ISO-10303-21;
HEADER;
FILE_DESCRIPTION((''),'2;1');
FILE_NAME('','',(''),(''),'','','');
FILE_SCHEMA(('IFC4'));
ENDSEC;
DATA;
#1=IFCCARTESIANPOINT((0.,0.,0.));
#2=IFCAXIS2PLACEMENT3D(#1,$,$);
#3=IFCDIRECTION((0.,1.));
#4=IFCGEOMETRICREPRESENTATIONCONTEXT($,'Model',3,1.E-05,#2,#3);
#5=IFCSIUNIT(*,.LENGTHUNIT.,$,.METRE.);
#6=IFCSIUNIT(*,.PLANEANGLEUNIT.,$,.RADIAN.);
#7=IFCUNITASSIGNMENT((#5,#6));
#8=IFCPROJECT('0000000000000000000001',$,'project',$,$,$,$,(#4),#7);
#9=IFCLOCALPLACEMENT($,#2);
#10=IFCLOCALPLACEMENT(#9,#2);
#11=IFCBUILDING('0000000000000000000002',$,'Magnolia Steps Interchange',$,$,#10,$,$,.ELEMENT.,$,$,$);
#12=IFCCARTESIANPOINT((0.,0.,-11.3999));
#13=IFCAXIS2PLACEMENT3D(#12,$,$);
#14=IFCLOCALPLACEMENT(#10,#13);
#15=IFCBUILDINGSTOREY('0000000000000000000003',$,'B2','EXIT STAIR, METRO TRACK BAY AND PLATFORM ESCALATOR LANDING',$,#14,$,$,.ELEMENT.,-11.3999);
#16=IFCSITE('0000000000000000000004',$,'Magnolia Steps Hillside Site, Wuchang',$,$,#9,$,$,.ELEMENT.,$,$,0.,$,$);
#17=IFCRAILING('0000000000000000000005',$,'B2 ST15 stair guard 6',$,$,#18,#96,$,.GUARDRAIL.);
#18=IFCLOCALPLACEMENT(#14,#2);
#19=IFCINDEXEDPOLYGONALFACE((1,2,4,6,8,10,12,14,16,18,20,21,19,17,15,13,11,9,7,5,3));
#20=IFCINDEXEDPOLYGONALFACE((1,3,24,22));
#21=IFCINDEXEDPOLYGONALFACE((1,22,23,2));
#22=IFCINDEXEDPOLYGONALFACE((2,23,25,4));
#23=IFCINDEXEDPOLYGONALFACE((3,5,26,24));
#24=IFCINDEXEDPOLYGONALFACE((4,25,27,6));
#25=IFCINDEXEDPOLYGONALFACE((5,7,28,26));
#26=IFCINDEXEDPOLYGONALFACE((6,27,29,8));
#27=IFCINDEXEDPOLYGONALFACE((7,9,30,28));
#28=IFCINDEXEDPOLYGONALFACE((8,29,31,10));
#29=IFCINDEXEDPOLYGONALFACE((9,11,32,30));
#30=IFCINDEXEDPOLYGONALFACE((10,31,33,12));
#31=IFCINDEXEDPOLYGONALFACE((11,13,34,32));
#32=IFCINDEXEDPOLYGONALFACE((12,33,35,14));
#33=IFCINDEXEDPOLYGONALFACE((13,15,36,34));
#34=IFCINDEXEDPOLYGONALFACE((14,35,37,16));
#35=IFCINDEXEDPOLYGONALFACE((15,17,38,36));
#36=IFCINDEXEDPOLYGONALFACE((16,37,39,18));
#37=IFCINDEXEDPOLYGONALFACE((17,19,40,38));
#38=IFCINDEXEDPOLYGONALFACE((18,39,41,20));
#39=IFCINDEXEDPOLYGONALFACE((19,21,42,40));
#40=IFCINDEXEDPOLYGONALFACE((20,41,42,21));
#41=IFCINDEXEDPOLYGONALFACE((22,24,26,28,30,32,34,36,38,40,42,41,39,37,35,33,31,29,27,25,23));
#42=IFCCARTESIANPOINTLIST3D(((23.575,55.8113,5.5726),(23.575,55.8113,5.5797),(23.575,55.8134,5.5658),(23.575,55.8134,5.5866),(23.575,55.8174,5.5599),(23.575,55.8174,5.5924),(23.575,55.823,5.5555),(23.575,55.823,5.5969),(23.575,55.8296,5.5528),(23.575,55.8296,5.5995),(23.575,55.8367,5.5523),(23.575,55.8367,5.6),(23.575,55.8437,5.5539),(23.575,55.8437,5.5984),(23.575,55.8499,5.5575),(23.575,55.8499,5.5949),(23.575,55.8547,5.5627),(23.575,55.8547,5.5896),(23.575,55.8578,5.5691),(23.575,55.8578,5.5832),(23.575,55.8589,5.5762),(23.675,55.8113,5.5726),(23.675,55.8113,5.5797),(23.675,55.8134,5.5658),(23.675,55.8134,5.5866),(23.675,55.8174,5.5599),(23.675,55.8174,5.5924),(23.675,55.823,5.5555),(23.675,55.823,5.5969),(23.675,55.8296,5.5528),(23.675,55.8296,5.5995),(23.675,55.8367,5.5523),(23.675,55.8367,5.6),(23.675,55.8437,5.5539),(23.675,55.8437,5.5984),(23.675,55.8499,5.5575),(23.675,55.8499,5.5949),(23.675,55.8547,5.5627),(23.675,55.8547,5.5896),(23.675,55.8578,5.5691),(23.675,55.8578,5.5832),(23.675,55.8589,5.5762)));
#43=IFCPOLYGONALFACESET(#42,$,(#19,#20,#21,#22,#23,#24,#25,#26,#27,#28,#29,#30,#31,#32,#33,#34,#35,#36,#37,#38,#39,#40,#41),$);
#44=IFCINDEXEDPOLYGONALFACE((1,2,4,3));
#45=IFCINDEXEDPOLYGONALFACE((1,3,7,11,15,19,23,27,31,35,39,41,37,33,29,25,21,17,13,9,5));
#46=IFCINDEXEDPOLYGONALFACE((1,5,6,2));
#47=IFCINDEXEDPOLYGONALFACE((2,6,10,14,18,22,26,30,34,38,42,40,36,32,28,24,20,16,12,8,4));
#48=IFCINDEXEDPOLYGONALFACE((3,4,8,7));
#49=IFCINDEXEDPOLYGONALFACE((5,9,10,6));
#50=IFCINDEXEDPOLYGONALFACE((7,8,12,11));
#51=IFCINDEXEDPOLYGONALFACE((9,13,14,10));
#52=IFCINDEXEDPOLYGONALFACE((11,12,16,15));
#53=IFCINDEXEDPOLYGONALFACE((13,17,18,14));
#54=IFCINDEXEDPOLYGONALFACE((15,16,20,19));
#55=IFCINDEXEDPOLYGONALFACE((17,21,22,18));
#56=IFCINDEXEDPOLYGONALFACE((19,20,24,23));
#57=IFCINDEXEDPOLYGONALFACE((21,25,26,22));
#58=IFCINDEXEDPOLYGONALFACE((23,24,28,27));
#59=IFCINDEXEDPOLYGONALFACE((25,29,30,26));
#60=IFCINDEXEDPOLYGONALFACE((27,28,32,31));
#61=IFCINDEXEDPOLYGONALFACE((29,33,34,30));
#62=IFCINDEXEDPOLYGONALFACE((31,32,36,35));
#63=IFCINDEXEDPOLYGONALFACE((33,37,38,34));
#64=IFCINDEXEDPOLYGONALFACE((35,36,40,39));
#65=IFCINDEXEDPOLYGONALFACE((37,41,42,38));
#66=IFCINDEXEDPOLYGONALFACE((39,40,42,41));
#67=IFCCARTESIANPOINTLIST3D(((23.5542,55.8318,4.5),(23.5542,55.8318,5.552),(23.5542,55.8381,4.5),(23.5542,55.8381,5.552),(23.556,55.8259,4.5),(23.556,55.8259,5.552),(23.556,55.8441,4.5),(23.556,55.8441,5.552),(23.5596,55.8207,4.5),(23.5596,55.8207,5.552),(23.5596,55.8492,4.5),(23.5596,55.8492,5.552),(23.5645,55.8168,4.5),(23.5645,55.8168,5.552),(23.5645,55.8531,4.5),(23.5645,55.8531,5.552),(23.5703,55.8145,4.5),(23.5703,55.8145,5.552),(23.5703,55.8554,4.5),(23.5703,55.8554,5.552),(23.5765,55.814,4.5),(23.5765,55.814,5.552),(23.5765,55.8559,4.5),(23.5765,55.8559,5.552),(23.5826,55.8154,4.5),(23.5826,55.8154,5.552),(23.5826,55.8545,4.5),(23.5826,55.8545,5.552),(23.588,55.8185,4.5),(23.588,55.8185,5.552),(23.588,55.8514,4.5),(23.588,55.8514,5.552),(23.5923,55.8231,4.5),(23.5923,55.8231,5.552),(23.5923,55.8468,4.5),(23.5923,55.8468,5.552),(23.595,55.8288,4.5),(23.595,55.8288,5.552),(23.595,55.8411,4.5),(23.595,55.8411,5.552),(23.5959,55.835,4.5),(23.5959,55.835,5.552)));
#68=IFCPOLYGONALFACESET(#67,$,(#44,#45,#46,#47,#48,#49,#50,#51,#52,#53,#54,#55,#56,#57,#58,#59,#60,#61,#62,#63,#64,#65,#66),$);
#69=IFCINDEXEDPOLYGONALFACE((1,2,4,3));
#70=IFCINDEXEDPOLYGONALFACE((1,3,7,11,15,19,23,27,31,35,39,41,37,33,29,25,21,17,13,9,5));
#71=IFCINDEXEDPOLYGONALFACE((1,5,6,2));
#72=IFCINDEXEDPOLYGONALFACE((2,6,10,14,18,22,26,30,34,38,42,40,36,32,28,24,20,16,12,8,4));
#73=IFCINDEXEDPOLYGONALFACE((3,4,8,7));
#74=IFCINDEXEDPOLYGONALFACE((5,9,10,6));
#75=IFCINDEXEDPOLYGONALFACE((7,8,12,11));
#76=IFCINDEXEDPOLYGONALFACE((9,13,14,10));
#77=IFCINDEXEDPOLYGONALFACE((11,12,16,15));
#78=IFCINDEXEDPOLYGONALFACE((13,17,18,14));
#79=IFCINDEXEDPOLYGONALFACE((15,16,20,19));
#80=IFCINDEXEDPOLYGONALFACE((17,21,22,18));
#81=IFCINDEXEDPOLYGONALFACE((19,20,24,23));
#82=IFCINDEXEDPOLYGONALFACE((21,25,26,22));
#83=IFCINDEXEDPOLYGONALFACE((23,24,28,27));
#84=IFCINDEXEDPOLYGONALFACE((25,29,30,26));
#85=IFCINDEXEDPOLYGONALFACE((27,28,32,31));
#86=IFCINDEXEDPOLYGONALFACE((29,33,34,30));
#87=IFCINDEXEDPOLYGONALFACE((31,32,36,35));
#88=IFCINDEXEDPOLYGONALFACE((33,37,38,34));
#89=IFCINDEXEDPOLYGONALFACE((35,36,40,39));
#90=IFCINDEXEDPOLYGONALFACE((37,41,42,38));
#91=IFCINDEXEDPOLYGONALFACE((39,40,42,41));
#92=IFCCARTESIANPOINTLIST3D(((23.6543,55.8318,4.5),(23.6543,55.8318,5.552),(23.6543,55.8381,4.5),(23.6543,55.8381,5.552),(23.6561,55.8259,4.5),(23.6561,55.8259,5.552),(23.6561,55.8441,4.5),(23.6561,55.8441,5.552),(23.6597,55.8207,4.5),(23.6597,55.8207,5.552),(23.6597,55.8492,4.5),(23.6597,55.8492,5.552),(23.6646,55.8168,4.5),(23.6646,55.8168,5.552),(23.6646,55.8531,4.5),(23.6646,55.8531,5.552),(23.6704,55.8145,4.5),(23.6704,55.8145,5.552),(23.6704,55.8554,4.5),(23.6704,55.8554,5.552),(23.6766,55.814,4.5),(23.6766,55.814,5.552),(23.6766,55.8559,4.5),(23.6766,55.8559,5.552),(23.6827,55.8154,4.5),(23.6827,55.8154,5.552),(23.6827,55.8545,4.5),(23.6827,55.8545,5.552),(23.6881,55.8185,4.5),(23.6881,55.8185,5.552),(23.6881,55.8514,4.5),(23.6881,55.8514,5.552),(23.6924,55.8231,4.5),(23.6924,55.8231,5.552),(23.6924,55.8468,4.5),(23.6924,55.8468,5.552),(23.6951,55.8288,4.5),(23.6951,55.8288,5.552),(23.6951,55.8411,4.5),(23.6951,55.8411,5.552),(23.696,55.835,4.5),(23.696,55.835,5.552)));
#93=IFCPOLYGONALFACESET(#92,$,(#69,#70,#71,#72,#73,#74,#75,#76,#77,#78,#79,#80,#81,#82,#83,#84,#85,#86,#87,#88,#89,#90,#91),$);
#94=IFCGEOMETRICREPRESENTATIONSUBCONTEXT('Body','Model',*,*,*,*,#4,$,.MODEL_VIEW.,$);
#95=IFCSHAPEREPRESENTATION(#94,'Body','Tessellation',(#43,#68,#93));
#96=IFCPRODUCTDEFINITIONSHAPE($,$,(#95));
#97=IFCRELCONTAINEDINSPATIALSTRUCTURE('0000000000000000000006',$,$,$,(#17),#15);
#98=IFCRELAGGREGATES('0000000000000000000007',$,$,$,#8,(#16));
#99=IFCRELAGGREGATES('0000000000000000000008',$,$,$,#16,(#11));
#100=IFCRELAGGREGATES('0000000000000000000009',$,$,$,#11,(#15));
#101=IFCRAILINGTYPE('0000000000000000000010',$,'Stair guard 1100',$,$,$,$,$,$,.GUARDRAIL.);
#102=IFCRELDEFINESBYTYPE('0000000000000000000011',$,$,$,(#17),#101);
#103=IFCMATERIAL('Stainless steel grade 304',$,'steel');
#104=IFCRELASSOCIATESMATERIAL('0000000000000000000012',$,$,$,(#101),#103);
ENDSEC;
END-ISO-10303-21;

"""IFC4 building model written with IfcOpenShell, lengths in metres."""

from ifc_helpers import new_model, si_unit, direction, frame, origin, origin_2d, place, context, subcontext, project, spatial, circle, extrude, material, type_object, element, save


model = new_model("IFC4")

# Units and contexts
model_context = context("Model", 3, precision=1e-05, world=origin(), true_north=direction((0.0, 1.0)))
body_context = subcontext(model_context, "Body", "Model", "MODEL_VIEW")
ifc_project = project(units=[si_unit("LENGTHUNIT", "METRE"), si_unit("PLANEANGLEUNIT", "RADIAN")], contexts=[model_context])

# Site, building, storey
site_placement = place(None, origin())
site = spatial("IfcSite", under=ifc_project, at=site_placement, Name="Magnolia Steps Hillside Site, Wuchang", CompositionType="ELEMENT", RefElevation=0.0)
building_placement = place(site_placement, origin())
building = spatial("IfcBuilding", under=site, at=building_placement, Name="Magnolia Steps Interchange", CompositionType="ELEMENT")
storey_placement = place(building_placement, frame((0.0, 0.0, -11.3999)))
storey = spatial("IfcBuildingStorey", under=building, at=storey_placement, Name="B2", Description="EXIT STAIR, METRO TRACK BAY AND PLATFORM ESCALATOR LANDING", CompositionType="ELEMENT", Elevation=-11.3999)

# Railing
ifc_material_1 = material(Name="Stainless steel grade 304", Category="steel")
railing_type_1 = type_object("IfcRailingType", Name="Stair guard 1100", PredefinedType="GUARDRAIL", material=ifc_material_1)
railing_1_placement = place(storey_placement, frame((23.575, 55.835, 4.5)))
element("IfcRailing", 1, at=railing_1_placement, inside=storey, type_object=railing_type_1, Name="B2 ST15 stair guard 6", PredefinedType="GUARDRAIL", context=body_context, shape_type="SweptSolid", body=[
    extrude(circle(Radius=0.0239, at=origin_2d()), frame((0.0, 0.0, 1.0762), z_axis=(1.0, 0.0, 0.0), x_axis=(0.0, 1.0, 0.0)), (0.0, 0.0, 1.0), 0.1001),
    extrude(circle(Radius=0.021, at=origin_2d()), origin(), (0.0, 0.0, 1.0), 1.052),
    extrude(circle(Radius=0.021, at=origin_2d()), frame((0.1001, 0.0, 0.0)), (0.0, 0.0, 1.0), 1.052),
])

save(model, "model.ifc")
